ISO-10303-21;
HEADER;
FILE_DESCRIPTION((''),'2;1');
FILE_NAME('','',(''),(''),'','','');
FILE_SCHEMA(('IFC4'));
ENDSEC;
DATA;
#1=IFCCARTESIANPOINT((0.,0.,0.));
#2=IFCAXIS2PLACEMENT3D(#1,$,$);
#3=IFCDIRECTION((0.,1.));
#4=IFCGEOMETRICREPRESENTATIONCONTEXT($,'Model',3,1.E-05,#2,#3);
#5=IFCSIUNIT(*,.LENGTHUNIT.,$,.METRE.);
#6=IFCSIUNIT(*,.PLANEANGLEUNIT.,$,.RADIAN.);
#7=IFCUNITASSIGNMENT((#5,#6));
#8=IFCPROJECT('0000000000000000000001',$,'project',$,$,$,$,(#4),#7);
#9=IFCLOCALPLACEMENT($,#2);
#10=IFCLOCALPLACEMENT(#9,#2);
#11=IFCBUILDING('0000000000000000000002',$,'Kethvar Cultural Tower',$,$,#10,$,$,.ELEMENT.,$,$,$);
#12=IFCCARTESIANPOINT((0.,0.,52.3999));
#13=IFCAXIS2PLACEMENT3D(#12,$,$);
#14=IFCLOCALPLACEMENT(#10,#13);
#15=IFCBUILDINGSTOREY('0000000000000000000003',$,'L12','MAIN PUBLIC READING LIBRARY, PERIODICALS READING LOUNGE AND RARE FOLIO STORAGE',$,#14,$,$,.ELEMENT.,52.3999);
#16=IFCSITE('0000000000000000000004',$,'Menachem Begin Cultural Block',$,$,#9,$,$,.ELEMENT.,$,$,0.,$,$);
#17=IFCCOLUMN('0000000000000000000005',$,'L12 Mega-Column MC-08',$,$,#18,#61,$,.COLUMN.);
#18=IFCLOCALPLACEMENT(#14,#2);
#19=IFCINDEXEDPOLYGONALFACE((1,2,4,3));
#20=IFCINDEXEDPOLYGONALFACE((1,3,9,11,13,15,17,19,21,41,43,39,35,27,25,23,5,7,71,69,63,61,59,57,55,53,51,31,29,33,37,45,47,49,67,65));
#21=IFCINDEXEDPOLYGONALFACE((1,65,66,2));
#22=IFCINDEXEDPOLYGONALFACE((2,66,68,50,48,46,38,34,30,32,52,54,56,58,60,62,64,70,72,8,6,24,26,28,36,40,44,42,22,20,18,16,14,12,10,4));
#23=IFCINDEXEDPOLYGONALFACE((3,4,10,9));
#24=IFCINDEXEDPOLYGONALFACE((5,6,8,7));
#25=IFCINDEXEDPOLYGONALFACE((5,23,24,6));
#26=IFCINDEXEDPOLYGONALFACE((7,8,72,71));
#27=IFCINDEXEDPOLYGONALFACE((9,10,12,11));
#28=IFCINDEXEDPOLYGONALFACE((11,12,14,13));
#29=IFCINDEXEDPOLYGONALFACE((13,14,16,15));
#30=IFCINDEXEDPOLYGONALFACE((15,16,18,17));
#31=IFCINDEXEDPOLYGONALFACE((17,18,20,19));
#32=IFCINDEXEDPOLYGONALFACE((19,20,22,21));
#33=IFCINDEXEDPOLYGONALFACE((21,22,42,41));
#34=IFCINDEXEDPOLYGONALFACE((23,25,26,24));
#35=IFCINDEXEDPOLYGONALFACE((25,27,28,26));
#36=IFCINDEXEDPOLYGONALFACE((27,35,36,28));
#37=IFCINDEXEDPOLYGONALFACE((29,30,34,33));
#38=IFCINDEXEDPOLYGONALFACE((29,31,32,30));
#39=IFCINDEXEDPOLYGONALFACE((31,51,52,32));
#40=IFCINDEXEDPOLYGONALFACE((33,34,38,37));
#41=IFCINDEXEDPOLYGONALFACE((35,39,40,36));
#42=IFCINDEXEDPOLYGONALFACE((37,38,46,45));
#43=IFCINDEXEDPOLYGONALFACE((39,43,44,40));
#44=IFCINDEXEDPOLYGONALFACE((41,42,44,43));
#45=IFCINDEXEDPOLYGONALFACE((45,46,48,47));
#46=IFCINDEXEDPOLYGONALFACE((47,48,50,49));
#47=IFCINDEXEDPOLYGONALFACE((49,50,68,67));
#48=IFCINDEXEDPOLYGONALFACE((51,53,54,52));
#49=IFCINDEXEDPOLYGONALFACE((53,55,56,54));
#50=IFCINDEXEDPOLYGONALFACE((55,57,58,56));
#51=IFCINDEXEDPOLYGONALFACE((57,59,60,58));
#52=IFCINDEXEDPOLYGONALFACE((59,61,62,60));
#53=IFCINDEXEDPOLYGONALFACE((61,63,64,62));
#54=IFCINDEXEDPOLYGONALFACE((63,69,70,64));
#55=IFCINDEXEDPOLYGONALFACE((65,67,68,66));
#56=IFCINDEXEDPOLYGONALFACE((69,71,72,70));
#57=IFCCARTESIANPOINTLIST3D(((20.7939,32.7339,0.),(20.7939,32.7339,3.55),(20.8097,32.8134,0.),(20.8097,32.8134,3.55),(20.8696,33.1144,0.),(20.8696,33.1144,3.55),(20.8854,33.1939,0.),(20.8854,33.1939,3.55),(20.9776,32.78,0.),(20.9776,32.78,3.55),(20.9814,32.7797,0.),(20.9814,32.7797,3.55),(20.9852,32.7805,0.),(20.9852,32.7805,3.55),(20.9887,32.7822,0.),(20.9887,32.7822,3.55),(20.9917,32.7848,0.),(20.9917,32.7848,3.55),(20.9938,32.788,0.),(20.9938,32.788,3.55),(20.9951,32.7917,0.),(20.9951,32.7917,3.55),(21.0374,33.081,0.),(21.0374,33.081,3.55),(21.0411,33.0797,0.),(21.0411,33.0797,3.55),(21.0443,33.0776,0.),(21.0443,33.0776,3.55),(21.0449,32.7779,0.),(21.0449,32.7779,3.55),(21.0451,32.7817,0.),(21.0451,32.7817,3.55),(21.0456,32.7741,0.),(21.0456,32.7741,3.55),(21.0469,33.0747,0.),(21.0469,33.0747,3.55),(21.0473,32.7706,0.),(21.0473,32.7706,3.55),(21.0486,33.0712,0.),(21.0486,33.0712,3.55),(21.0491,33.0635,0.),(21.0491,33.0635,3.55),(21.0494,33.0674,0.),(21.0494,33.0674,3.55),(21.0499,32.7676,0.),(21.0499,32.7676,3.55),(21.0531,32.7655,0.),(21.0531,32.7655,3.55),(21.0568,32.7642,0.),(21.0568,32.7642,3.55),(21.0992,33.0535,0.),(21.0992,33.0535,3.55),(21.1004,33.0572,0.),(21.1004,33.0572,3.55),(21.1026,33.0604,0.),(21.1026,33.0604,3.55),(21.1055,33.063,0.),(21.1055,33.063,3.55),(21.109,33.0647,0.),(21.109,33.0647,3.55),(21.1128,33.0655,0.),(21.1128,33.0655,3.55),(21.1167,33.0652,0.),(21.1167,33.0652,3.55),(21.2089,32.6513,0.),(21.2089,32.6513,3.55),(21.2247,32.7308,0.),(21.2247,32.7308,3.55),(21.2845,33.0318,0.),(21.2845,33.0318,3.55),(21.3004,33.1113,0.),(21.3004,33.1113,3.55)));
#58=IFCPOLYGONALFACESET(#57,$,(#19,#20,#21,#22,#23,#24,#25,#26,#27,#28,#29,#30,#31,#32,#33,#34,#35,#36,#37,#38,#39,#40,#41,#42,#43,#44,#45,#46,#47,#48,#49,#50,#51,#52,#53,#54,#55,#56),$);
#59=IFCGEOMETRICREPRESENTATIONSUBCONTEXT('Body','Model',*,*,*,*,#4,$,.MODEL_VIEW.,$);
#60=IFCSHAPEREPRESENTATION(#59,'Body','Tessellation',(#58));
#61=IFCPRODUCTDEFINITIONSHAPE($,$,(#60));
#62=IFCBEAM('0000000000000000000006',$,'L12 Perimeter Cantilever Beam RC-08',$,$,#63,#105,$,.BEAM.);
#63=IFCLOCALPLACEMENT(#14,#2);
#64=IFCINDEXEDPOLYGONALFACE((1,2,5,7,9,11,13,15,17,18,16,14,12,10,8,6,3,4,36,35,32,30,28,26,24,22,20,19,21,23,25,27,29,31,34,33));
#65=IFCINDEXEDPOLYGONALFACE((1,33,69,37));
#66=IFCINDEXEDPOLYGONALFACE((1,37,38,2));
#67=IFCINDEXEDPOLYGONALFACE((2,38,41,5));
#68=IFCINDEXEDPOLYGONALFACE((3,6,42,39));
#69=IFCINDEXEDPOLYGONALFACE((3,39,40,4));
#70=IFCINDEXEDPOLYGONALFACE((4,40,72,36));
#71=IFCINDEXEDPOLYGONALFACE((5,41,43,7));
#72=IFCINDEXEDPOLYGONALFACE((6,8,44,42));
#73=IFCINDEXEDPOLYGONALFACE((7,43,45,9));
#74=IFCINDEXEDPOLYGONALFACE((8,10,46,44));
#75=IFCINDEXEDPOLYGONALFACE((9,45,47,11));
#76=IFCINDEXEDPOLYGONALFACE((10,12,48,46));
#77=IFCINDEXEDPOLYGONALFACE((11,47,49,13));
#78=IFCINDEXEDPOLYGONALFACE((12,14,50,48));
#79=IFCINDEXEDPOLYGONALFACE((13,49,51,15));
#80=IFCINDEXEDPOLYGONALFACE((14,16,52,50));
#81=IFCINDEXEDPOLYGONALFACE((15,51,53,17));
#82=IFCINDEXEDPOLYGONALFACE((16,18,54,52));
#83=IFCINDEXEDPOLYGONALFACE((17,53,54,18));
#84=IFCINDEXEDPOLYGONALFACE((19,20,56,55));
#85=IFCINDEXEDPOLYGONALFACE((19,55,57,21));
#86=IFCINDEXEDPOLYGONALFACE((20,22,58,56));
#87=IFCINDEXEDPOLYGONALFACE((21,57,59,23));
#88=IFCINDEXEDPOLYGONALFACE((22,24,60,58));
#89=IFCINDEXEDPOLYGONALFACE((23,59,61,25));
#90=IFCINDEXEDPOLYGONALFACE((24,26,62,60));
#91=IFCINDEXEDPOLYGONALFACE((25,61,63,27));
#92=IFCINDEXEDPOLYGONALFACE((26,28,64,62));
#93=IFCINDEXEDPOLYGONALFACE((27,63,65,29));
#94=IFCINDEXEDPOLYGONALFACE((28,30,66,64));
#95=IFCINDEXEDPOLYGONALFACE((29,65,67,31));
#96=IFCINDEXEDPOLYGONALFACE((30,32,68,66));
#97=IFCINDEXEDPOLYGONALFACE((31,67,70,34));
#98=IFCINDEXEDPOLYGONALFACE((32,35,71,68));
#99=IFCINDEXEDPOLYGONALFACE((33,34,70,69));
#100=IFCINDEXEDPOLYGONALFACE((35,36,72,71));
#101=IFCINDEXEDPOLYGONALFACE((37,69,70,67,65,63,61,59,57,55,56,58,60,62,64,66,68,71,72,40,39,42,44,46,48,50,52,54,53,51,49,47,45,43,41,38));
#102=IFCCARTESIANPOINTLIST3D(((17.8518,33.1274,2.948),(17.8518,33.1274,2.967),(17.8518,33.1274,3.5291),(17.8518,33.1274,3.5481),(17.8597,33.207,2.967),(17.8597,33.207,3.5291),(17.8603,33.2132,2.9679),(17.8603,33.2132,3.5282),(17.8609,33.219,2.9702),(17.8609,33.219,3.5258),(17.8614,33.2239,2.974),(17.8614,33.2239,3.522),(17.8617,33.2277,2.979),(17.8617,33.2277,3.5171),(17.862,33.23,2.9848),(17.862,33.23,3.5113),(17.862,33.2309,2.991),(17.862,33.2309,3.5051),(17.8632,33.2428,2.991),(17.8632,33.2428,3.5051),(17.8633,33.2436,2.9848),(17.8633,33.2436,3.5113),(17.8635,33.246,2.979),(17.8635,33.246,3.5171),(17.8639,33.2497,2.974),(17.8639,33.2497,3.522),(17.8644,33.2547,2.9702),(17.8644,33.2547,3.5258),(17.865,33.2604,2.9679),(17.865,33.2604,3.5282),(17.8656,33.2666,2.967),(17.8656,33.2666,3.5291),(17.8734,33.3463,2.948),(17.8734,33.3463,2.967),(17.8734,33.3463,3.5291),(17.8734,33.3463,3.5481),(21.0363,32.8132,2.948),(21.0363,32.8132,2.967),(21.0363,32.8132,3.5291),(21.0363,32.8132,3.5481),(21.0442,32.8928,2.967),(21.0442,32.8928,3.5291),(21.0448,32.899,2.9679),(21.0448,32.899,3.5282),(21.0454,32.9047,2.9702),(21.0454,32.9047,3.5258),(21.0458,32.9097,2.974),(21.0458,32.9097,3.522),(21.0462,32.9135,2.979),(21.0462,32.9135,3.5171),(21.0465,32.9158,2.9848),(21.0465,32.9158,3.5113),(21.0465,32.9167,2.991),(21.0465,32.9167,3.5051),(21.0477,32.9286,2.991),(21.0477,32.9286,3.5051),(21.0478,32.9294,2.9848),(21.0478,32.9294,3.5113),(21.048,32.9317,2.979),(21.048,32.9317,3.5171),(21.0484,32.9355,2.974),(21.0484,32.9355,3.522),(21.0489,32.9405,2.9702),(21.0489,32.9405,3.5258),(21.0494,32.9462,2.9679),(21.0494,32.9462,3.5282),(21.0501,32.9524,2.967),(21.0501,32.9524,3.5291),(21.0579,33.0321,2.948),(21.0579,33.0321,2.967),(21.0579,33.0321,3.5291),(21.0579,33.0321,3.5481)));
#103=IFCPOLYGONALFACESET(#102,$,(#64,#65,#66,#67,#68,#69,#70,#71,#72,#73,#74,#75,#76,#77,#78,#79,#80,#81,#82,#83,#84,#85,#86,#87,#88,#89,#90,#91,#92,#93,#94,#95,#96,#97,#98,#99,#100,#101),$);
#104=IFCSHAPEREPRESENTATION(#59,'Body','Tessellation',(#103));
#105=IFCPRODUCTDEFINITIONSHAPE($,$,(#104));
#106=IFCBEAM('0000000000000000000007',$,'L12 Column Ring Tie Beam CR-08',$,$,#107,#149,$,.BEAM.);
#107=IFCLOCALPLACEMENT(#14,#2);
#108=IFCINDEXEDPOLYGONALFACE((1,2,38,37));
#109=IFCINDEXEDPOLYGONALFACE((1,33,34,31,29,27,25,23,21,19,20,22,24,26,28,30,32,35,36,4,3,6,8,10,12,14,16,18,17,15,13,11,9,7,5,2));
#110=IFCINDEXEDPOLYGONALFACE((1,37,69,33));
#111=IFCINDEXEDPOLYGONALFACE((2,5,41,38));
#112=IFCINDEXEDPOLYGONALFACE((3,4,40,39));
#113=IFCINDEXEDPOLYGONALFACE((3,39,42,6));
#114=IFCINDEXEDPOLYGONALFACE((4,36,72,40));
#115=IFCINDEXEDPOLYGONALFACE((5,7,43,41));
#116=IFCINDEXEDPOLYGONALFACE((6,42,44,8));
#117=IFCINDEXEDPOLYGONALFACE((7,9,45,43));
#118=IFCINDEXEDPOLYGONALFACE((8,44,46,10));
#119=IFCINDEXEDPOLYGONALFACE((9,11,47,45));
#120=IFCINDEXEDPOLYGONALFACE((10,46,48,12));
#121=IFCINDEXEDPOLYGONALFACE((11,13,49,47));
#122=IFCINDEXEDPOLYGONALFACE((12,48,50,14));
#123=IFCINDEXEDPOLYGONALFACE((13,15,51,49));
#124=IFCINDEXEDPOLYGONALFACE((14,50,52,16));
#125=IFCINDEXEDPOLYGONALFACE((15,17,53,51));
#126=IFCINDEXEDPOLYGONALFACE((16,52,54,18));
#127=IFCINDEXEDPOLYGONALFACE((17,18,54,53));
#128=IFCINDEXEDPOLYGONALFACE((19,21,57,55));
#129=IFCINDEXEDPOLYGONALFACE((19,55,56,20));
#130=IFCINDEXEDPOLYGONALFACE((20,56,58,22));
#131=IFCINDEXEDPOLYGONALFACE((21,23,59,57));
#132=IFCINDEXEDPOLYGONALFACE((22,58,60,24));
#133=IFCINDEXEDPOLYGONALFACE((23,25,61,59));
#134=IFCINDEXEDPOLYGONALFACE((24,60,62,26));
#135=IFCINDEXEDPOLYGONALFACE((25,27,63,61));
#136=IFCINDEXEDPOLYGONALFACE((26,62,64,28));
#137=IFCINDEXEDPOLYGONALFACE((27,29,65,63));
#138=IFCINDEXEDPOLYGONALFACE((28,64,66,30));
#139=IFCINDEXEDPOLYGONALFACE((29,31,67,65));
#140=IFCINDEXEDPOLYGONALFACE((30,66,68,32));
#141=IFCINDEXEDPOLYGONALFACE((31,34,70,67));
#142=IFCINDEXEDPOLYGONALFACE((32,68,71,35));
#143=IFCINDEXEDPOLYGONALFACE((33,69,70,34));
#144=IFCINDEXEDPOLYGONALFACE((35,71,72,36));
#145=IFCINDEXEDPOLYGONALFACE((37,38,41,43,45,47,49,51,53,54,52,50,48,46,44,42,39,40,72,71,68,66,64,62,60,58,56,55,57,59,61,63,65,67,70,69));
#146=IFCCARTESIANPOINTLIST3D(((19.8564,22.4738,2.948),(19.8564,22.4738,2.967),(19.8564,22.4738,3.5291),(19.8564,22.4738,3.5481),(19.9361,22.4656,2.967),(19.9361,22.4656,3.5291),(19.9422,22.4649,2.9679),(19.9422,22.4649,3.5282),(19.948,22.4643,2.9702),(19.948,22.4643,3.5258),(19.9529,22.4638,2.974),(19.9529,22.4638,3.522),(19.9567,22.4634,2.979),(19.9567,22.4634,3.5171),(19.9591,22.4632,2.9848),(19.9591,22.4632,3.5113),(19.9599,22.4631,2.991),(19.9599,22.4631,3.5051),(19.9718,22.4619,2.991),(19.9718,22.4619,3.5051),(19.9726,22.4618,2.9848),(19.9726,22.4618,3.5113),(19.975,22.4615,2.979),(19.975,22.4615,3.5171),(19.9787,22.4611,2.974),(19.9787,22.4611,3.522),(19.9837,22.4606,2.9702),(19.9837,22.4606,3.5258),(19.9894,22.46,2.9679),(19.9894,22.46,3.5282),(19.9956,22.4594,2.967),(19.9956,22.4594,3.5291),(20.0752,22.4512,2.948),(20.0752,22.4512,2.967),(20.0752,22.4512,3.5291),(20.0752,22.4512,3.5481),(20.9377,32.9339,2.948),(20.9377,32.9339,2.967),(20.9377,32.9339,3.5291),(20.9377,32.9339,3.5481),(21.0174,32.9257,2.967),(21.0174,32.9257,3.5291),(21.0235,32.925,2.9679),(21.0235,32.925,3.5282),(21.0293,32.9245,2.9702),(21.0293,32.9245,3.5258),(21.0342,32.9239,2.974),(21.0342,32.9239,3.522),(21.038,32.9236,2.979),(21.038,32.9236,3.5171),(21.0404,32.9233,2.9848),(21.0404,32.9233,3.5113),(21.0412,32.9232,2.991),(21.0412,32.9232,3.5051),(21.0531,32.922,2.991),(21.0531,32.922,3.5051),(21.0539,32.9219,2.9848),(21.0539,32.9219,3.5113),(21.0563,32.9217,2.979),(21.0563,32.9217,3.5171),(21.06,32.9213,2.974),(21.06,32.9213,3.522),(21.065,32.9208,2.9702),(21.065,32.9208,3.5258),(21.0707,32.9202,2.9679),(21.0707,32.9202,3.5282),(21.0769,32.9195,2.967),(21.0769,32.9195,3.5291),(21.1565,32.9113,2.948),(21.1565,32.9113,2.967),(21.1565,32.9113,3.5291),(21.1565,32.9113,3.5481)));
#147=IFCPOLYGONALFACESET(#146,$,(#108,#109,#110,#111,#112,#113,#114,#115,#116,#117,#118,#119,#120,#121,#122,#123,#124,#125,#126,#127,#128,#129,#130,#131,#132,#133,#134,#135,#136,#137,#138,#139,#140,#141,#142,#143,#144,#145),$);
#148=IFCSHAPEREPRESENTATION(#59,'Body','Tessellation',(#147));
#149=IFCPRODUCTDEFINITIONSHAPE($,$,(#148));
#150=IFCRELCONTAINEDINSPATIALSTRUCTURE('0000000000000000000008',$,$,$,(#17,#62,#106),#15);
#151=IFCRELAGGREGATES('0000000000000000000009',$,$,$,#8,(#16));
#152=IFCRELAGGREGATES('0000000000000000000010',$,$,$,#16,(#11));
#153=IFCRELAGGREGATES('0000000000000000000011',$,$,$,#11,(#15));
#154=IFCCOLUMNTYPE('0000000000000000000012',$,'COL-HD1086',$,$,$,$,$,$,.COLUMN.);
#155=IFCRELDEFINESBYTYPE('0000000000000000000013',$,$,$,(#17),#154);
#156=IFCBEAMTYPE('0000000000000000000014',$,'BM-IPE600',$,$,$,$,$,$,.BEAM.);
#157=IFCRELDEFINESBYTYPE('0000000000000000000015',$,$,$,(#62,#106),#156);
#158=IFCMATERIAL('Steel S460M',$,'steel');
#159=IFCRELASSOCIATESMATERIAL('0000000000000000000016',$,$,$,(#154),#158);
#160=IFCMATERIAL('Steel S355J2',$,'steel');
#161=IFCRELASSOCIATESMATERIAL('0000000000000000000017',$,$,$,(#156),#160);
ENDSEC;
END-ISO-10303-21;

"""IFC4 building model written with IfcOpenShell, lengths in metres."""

from ifc_helpers import new_model, si_unit, direction, frame, origin, origin_2d, place, context, subcontext, project, spatial, i_section, extrude, source, transform, mapped, material, material_profile, profile_set, type_object, element, save


model = new_model("IFC4")

# Units and contexts
model_context = context("Model", 3, precision=1e-05, world=origin(), true_north=direction((0.0, 1.0)))
body_context = subcontext(model_context, "Body", "Model", "MODEL_VIEW")
ifc_project = project(units=[si_unit("LENGTHUNIT", "METRE"), si_unit("PLANEANGLEUNIT", "RADIAN")], contexts=[model_context])

# Site, building, storey
site_placement = place(None, origin())
site = spatial("IfcSite", under=ifc_project, at=site_placement, Name="Menachem Begin Cultural Block", CompositionType="ELEMENT", RefElevation=0.0)
building_placement = place(site_placement, origin())
building = spatial("IfcBuilding", under=site, at=building_placement, Name="Kethvar Cultural Tower", CompositionType="ELEMENT")
storey_placement = place(building_placement, frame((0.0, 0.0, 52.3999)))
storey = spatial("IfcBuildingStorey", under=building, at=storey_placement, Name="L12", Description="MAIN PUBLIC READING LIBRARY, PERIODICALS READING LOUNGE AND RARE FOLIO STORAGE", CompositionType="ELEMENT", Elevation=52.3999)

# Column
ifc_material_1 = material(Name="Steel S460M", Category="steel")
ifc_material_profile_1 = material_profile(ifc_material_1, i_section(OverallWidth=0.4231, OverallDepth=0.469, WebThickness=0.051, FlangeThickness=0.0811, FilletRadius=0.0149, at=origin_2d()), Name="Steel S460M — HD400x1086")
ifc_profile_set_1 = profile_set([ifc_material_profile_1], Name="Steel S460M — HD400x1086")
column_type = type_object("IfcColumnType", Name="COL-HD1086", PredefinedType="COLUMN", material=ifc_profile_set_1)
shared_shape_1 = source(origin(), body_context, "Body", "SweptSolid", [
    extrude(i_section(OverallWidth=0.4231, OverallDepth=0.469, WebThickness=0.051, FlangeThickness=0.0811, FilletRadius=0.0149, at=origin_2d()), origin(), (0.0, 0.0, 1.0), 3.55),
])
column_placement = place(storey_placement, frame((21.0471, 32.9226, 0.0), z_axis=(0.0, 0.0, 1.0), x_axis=(-0.980785, 0.19509, 0.0)))
element("IfcColumn", 1, at=column_placement, inside=storey, type_object=column_type, Name="L12 Mega-Column MC-08", PredefinedType="COLUMN", context=body_context, shape_type="MappedRepresentation", body=[
    mapped(shared_shape_1, transform((0.0, 0.0, 0.0), scale=1.0)),
])

# Beams
ifc_material_2 = material(Name="Steel S355J2", Category="steel")
ifc_material_profile_2 = material_profile(ifc_material_2, i_section(OverallWidth=0.22, OverallDepth=0.6001, WebThickness=0.012, FlangeThickness=0.019, FilletRadius=0.0239, at=origin_2d()), Name="Steel S355J2 — IPE600")
ifc_profile_set_2 = profile_set([ifc_material_profile_2], Name="Steel S355J2 — IPE600")
beam_type_1 = type_object("IfcBeamType", Name="BM-IPE600", PredefinedType="BEAM", material=ifc_profile_set_2)
shared_shape_2 = source(origin(), body_context, "Body", "SweptSolid", [
    extrude(i_section(OverallWidth=0.22, OverallDepth=0.6001, WebThickness=0.012, FlangeThickness=0.019, FilletRadius=0.0239, at=origin_2d()), origin(), (0.0, 0.0, 1.0), 3.2),
])
beam_1_placement = place(storey_placement, frame((21.0471, 32.9226, 3.248), z_axis=(-0.995168, 0.098189, 0.0), x_axis=(-0.098189, -0.995168, 0.0)))
element("IfcBeam", 2, at=beam_1_placement, inside=storey, type_object=beam_type_1, Name="L12 Perimeter Cantilever Beam RC-08", PredefinedType="BEAM", context=body_context, shape_type="MappedRepresentation", body=[
    mapped(shared_shape_2, transform((0.0, 0.0, 0.0), scale=1.0)),
])
shared_shape_3 = source(origin(), body_context, "Body", "SweptSolid", [
    extrude(i_section(OverallWidth=0.22, OverallDepth=0.6001, WebThickness=0.012, FlangeThickness=0.019, FilletRadius=0.0239, at=origin_2d()), origin(), (0.0, 0.0, 1.0), 10.5159),
])
beam_2_placement = place(storey_placement, frame((21.0471, 32.9226, 3.248), z_axis=(-0.102825, -0.994699, 0.0), x_axis=(0.994699, -0.102825, 0.0)))
element("IfcBeam", 3, at=beam_2_placement, inside=storey, type_object=beam_type_1, Name="L12 Column Ring Tie Beam CR-08", PredefinedType="BEAM", context=body_context, shape_type="MappedRepresentation", body=[
    mapped(shared_shape_3, transform((0.0, 0.0, 0.0), scale=1.0)),
])

save(model, "model.ifc")
